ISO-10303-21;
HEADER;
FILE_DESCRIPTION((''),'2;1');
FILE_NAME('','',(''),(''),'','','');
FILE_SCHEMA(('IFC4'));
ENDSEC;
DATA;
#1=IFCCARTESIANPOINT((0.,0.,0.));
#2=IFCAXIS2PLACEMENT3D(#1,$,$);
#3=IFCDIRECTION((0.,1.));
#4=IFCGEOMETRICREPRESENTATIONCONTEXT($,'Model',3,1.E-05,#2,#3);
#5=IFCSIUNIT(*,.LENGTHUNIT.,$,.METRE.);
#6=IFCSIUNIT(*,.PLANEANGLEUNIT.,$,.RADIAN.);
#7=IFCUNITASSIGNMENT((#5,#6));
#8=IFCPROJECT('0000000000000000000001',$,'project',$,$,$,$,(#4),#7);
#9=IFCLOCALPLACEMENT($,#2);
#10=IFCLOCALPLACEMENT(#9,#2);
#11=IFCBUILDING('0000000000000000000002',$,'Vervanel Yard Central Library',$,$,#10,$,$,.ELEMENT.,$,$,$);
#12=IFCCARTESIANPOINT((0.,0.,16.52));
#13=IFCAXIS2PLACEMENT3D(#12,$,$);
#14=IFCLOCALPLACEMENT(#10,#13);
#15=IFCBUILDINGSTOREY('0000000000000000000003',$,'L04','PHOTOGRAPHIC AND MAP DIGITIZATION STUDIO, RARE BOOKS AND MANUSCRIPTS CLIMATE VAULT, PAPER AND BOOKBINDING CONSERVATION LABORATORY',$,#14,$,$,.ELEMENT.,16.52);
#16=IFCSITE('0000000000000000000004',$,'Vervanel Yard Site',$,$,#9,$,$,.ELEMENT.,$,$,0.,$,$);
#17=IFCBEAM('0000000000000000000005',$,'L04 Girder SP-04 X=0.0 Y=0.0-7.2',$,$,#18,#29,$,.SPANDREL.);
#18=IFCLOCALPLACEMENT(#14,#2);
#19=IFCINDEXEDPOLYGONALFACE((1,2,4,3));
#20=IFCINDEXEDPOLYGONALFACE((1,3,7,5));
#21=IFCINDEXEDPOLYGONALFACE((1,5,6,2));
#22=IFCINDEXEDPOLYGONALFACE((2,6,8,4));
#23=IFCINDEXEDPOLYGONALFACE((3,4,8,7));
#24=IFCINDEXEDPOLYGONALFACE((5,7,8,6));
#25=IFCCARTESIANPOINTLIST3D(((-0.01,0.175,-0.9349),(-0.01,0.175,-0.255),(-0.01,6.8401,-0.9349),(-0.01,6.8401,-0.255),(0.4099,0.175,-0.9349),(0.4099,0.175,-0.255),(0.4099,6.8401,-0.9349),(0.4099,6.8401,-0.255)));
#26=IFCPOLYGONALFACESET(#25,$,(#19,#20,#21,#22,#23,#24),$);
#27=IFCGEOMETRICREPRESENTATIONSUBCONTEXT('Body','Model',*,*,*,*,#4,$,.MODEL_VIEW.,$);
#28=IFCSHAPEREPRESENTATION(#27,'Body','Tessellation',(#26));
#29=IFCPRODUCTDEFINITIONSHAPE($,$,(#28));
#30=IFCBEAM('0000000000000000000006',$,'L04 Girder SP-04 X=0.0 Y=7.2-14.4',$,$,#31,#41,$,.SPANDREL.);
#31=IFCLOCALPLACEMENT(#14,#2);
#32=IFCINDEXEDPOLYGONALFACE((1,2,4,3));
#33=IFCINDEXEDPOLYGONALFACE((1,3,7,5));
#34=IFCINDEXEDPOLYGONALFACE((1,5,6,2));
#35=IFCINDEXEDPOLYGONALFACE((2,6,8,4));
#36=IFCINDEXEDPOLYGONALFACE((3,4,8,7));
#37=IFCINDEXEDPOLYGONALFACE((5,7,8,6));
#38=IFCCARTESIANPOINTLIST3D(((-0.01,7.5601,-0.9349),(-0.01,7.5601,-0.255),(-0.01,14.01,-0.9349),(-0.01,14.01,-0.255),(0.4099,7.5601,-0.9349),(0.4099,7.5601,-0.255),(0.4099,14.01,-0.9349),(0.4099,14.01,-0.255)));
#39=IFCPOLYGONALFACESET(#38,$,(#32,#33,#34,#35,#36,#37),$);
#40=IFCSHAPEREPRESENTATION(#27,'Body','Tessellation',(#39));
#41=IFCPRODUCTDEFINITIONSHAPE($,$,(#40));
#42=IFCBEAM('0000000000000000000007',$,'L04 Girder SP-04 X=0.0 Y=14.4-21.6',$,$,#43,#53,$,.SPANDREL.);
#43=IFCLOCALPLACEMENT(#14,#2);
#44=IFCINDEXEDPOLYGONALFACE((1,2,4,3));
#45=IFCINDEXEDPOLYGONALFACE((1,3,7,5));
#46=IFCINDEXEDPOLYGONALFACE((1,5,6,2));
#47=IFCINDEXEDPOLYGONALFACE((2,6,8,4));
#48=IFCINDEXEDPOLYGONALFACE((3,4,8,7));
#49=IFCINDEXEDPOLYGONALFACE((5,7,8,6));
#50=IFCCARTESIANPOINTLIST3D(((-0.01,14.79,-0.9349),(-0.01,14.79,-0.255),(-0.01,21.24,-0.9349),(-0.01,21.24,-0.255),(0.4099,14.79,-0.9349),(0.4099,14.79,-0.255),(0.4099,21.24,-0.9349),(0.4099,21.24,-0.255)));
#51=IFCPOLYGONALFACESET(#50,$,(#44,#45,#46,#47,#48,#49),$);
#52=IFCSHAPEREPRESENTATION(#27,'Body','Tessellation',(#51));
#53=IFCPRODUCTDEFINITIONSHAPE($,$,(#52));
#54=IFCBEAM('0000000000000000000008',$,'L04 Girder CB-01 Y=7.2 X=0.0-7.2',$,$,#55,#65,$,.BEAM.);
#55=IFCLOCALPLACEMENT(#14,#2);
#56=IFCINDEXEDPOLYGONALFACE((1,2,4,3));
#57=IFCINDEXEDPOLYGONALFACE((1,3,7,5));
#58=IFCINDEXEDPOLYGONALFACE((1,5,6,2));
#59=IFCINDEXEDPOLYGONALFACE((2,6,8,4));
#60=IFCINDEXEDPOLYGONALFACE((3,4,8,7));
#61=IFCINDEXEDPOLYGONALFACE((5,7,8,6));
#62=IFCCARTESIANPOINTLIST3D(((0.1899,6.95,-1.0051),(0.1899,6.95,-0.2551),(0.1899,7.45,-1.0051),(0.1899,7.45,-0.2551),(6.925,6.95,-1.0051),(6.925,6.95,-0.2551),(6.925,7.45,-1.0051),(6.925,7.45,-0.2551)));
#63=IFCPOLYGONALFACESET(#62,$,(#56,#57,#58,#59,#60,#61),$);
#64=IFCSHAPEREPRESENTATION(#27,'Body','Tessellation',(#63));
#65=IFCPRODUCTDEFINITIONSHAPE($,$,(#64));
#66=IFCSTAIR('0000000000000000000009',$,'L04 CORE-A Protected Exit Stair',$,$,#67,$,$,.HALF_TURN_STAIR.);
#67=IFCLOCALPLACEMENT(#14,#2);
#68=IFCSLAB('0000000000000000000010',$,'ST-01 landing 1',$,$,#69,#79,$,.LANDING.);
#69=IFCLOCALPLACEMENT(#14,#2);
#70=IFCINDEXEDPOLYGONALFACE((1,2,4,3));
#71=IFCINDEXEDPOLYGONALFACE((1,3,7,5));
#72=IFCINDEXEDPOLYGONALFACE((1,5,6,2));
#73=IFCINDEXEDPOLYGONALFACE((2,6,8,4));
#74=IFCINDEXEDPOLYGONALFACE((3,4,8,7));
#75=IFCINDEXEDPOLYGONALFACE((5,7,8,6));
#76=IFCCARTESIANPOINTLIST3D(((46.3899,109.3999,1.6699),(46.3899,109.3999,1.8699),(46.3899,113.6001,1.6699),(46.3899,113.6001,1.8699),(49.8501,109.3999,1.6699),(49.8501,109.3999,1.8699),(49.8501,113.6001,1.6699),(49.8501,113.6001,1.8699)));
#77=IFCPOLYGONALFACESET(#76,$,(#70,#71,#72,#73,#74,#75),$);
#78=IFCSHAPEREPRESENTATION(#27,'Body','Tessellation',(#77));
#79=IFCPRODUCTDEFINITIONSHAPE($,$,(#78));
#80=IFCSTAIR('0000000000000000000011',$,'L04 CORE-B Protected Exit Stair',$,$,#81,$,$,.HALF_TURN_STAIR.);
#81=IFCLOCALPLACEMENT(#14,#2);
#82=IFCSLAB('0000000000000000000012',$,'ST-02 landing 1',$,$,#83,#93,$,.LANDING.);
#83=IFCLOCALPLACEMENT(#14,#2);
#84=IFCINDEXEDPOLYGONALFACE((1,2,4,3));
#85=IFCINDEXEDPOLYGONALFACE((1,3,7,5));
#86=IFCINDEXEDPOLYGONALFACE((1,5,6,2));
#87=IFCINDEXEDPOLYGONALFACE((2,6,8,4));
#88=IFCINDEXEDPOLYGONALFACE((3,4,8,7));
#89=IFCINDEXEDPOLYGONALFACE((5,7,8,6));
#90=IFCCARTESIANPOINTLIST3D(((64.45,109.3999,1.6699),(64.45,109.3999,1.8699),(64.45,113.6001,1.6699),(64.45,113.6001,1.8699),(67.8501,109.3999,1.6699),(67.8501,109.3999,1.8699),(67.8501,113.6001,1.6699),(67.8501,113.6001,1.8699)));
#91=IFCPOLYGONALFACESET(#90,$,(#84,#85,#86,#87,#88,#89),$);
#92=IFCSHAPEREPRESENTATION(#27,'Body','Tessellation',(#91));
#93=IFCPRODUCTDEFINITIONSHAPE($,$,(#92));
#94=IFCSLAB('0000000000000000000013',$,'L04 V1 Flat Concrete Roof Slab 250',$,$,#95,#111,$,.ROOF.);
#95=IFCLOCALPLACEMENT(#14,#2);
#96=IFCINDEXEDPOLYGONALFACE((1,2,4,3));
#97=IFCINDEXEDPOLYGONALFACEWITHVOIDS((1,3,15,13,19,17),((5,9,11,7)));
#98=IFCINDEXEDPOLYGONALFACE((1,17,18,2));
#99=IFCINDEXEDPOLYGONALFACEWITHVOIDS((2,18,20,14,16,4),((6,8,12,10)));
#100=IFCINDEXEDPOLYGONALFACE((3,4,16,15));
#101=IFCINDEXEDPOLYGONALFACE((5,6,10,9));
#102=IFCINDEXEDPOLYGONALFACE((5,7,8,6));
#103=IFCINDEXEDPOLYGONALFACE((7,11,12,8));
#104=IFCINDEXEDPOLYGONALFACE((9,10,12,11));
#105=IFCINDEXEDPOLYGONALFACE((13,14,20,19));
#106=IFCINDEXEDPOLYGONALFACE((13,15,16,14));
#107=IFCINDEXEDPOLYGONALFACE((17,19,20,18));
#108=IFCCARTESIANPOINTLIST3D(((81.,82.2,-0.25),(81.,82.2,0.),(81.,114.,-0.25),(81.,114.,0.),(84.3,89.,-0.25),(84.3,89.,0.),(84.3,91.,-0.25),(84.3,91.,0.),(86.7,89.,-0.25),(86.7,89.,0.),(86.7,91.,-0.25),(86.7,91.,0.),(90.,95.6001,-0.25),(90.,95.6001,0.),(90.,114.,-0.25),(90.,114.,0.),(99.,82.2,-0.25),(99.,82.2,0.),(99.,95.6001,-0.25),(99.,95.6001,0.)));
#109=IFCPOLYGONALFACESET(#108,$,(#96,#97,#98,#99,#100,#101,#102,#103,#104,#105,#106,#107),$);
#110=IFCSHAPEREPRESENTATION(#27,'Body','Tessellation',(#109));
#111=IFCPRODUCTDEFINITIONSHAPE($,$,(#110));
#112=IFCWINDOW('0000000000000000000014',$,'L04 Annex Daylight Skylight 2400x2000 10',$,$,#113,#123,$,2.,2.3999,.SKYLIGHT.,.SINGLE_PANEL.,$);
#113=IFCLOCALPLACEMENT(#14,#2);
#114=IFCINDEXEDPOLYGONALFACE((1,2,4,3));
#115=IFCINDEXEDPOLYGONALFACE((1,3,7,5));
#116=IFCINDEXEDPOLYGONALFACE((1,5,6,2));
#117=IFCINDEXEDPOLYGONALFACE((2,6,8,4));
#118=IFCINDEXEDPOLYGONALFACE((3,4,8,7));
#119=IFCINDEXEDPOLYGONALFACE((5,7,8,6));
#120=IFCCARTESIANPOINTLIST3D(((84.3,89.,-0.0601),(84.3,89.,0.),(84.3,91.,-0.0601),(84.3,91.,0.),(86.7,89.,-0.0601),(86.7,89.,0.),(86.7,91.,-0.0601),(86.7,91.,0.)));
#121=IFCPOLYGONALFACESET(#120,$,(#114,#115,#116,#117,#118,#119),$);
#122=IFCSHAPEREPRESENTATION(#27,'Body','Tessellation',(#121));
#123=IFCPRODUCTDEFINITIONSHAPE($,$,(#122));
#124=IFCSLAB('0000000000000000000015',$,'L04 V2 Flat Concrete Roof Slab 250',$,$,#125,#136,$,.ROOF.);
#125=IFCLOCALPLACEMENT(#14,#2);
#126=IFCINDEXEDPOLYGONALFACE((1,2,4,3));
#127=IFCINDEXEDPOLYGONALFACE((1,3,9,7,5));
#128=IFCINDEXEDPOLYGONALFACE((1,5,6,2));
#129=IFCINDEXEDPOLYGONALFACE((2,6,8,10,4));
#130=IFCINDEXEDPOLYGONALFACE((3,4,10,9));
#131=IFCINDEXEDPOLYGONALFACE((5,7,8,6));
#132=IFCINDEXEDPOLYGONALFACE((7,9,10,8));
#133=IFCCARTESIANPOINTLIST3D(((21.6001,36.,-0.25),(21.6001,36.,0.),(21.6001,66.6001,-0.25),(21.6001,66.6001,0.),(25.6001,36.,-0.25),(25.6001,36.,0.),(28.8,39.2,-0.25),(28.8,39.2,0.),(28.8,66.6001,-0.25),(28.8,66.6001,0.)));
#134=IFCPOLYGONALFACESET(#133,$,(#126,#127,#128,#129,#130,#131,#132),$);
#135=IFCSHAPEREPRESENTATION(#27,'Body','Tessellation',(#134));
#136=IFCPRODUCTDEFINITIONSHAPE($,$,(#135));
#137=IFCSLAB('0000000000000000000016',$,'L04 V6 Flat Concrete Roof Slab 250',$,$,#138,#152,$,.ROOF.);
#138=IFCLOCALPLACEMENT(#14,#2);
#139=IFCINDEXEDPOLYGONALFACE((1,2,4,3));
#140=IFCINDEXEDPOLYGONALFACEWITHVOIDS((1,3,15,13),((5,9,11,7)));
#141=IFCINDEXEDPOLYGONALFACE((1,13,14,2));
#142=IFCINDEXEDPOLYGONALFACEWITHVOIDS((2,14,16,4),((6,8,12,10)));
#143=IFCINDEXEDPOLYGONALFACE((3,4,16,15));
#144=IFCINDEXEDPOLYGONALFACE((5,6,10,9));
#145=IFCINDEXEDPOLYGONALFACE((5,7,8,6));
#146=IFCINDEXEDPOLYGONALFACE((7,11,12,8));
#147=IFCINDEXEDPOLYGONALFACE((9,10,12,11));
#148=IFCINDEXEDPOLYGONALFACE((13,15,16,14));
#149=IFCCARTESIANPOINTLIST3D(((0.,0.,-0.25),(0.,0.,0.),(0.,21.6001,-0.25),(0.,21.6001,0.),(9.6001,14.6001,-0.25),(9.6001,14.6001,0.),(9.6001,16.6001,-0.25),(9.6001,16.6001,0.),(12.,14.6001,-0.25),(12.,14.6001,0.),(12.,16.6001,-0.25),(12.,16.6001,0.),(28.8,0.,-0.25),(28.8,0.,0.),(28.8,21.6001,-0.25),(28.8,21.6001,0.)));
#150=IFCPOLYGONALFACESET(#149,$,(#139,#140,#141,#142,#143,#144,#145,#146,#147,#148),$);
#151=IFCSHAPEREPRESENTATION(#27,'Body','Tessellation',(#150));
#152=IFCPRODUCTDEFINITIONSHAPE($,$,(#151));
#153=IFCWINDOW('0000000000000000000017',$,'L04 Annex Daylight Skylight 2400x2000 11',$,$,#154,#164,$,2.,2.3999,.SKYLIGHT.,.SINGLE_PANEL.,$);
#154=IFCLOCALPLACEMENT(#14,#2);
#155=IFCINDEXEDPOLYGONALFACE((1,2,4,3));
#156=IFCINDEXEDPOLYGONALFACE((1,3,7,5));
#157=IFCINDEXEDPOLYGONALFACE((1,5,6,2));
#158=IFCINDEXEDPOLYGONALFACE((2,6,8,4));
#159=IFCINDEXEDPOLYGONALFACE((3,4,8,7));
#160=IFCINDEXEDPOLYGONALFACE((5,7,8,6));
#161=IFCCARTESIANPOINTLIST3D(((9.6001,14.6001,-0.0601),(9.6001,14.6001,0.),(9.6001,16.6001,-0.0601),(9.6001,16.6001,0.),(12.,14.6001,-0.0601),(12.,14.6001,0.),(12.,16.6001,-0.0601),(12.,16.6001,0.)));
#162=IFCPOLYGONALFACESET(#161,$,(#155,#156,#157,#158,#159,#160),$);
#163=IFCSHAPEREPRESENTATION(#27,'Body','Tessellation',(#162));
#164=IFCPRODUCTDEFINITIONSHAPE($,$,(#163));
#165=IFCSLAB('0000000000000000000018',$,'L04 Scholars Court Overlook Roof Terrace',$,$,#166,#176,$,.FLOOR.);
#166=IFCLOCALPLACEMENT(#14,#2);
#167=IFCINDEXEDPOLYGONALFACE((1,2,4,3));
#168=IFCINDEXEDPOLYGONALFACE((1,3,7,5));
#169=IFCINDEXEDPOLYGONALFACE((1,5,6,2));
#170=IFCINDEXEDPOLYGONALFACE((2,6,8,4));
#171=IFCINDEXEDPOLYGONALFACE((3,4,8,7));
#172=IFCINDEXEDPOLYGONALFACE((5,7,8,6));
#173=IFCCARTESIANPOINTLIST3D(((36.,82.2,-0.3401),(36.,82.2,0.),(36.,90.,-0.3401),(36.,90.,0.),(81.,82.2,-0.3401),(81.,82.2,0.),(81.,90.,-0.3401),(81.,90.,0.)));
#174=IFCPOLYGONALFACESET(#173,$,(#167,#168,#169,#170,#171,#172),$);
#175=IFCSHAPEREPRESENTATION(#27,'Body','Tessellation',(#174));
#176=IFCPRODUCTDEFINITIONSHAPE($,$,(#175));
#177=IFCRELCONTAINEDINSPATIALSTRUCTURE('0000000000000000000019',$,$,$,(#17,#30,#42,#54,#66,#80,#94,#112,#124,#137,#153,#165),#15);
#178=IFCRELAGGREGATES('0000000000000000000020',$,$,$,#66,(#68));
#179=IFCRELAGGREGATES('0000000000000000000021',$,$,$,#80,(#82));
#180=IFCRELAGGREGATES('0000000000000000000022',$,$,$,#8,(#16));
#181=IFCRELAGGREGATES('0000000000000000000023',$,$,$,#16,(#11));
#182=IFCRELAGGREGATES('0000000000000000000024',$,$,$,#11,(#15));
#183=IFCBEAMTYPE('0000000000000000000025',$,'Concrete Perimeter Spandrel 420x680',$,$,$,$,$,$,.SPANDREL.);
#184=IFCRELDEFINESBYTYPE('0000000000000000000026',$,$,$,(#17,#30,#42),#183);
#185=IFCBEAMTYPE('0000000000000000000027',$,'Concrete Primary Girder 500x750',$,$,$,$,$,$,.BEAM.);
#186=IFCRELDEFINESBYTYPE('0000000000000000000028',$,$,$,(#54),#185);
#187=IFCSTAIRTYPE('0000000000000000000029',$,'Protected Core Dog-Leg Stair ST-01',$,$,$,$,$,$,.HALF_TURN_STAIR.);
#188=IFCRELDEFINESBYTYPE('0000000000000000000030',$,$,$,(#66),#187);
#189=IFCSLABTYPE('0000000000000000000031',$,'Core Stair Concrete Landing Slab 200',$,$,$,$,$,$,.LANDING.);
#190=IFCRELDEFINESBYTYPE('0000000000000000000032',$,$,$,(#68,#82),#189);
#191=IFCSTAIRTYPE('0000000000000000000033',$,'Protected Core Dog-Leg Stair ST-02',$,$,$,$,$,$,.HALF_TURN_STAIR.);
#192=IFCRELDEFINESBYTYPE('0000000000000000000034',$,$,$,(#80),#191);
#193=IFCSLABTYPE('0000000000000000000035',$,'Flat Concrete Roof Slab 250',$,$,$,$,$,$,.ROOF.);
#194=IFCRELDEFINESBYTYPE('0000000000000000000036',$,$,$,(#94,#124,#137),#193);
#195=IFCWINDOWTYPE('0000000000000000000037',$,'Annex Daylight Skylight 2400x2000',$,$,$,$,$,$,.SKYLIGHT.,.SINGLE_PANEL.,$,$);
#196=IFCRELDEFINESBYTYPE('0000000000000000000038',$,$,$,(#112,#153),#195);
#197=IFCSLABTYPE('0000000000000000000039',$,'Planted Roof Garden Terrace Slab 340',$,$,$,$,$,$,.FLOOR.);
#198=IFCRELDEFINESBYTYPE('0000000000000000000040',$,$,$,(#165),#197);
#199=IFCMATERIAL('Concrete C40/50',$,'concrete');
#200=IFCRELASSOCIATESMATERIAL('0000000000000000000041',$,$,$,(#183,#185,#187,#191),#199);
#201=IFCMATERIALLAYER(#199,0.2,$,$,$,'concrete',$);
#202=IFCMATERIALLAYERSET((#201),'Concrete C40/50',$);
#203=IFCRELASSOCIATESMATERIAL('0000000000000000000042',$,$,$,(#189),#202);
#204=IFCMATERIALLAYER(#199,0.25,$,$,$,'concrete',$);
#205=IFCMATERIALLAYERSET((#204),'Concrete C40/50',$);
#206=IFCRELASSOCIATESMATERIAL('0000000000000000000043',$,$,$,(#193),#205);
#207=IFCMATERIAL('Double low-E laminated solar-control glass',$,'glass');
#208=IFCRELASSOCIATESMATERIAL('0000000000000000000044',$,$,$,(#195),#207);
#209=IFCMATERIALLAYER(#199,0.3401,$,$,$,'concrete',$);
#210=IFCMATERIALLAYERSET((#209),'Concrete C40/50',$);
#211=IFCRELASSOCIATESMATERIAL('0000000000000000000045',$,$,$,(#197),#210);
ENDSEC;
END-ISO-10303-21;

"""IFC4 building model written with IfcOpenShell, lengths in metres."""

from ifc_helpers import new_model, si_unit, direction, frame, origin, origin_2d, place, context, subcontext, project, spatial, polyline, rectangle, outline, extrude, material, layer, layer_set, material_profile, profile_set, type_object, element, fill, aggregate, save


model = new_model("IFC4")

# Units and contexts
model_context = context("Model", 3, precision=1e-05, world=origin(), true_north=direction((0.0, 1.0)))
body_context = subcontext(model_context, "Body", "Model", "MODEL_VIEW")
ifc_project = project(units=[si_unit("LENGTHUNIT", "METRE"), si_unit("PLANEANGLEUNIT", "RADIAN")], contexts=[model_context])

# Site, building, storey
site_placement = place(None, origin())
site = spatial("IfcSite", under=ifc_project, at=site_placement, Name="Vervanel Yard Site", CompositionType="ELEMENT", RefElevation=0.0)
building_placement = place(site_placement, origin())
building = spatial("IfcBuilding", under=site, at=building_placement, Name="Vervanel Yard Central Library", CompositionType="ELEMENT")
storey_placement = place(building_placement, frame((0.0, 0.0, 16.52)))
storey = spatial("IfcBuildingStorey", under=building, at=storey_placement, Name="L04", Description="PHOTOGRAPHIC AND MAP DIGITIZATION STUDIO, RARE BOOKS AND MANUSCRIPTS CLIMATE VAULT, PAPER AND BOOKBINDING CONSERVATION LABORATORY", CompositionType="ELEMENT", Elevation=16.52)

# Beams
ifc_material_1 = material(Name="Concrete C40/50", Category="concrete")
ifc_material_profile_1 = material_profile(ifc_material_1, rectangle(XDim=0.4199, YDim=0.6799, at=origin_2d()), Name="RC 420x680", Category="concrete")
ifc_profile_set_1 = profile_set([ifc_material_profile_1], Name="Concrete C40/50")
beam_type_1 = type_object("IfcBeamType", Name="Concrete Perimeter Spandrel 420x680", PredefinedType="SPANDREL", material=ifc_profile_set_1)
beam_1_placement = place(storey_placement, frame((0.2, 0.175, -0.595), z_axis=(0.0, 1.0, 0.0), x_axis=(-1.0, 0.0, 0.0)))
element("IfcBeam", 1, at=beam_1_placement, inside=storey, type_object=beam_type_1, Name="L04 Girder SP-04 X=0.0 Y=0.0-7.2", PredefinedType="SPANDREL", context=body_context, shape_type="SweptSolid", body=[
    extrude(rectangle(XDim=0.4199, YDim=0.6799, at=origin_2d()), origin(), (0.0, 0.0, 1.0), 6.665),
])
for number, where, z_axis, x_axis, name in (
    (2, (0.2, 7.5601, -0.595), (0.0, 1.0, 0.0), (-1.0, 0.0, 0.0), "L04 Girder SP-04 X=0.0 Y=7.2-14.4"),
    (3, (0.2, 14.79, -0.595), (0.0, 1.0, 0.0), (-1.0, 0.0, 0.0), "L04 Girder SP-04 X=0.0 Y=14.4-21.6"),
):
    element("IfcBeam", number, at=place(storey_placement, frame(where, z_axis=z_axis, x_axis=x_axis)), inside=storey, type_object=beam_type_1, Name=name, PredefinedType="SPANDREL", context=body_context, shape_type="SweptSolid", body=[
        extrude(rectangle(XDim=0.4199, YDim=0.6799, at=origin_2d()), origin(), (0.0, 0.0, 1.0), 6.45),
    ])
ifc_material_profile_2 = material_profile(ifc_material_1, rectangle(XDim=0.5, YDim=0.75, at=origin_2d()), Name="RC 500x750", Category="concrete")
ifc_profile_set_2 = profile_set([ifc_material_profile_2], Name="Concrete C40/50")
beam_type_2 = type_object("IfcBeamType", Name="Concrete Primary Girder 500x750", PredefinedType="BEAM", material=ifc_profile_set_2)
beam_2_placement = place(storey_placement, frame((0.1899, 7.2, -0.6301), z_axis=(1.0, 0.0, 0.0), x_axis=(0.0, 1.0, 0.0)))
element("IfcBeam", 4, at=beam_2_placement, inside=storey, type_object=beam_type_2, Name="L04 Girder CB-01 Y=7.2 X=0.0-7.2", PredefinedType="BEAM", context=body_context, shape_type="SweptSolid", body=[
    extrude(rectangle(XDim=0.5, YDim=0.75, at=origin_2d()), origin(), (0.0, 0.0, 1.0), 6.7351),
])

# Stairs, slabs
stair_type_1 = type_object("IfcStairType", Name="Protected Core Dog-Leg Stair ST-01", PredefinedType="HALF_TURN_STAIR", material=ifc_material_1)
stair_1_placement = place(storey_placement, origin())
stair_1 = element("IfcStair", 5, at=stair_1_placement, inside=storey, type_object=stair_type_1, Name="L04 CORE-A Protected Exit Stair", PredefinedType="HALF_TURN_STAIR")
ifc_layer_1 = layer(ifc_material_1, 0.2, Category="concrete")
ifc_layer_set_1 = layer_set([ifc_layer_1], Name="Concrete C40/50")
slab_type_1 = type_object("IfcSlabType", Name="Core Stair Concrete Landing Slab 200", PredefinedType="LANDING", material=ifc_layer_set_1)
slab_1_placement = place(storey_placement, frame((0.0, 0.0, 1.6699)))
slab_1 = element("IfcSlab", 6, at=slab_1_placement, type_object=slab_type_1, Name="ST-01 landing 1", PredefinedType="LANDING", context=body_context, shape_type="SweptSolid", body=[
    extrude(outline(polyline([(49.8501, 109.3999), (49.8501, 113.6001), (46.3899, 113.6001), (46.3899, 109.3999), (49.8501, 109.3999)])), origin(), (0.0, 0.0, 1.0), 0.2),
])
aggregate(stair_1, [slab_1])
stair_type_2 = type_object("IfcStairType", Name="Protected Core Dog-Leg Stair ST-02", PredefinedType="HALF_TURN_STAIR", material=ifc_material_1)
stair_2_placement = place(storey_placement, origin())
stair_2 = element("IfcStair", 7, at=stair_2_placement, inside=storey, type_object=stair_type_2, Name="L04 CORE-B Protected Exit Stair", PredefinedType="HALF_TURN_STAIR")
slab_2_placement = place(storey_placement, frame((0.0, 0.0, 1.6699)))
slab_2 = element("IfcSlab", 8, at=slab_2_placement, type_object=slab_type_1, Name="ST-02 landing 1", PredefinedType="LANDING", context=body_context, shape_type="SweptSolid", body=[
    extrude(outline(polyline([(67.8501, 109.3999), (67.8501, 113.6001), (64.45, 113.6001), (64.45, 109.3999), (67.8501, 109.3999)])), origin(), (0.0, 0.0, 1.0), 0.2),
])
aggregate(stair_2, [slab_2])

# Slab, opening, window
ifc_layer_2 = layer(ifc_material_1, 0.25, Category="concrete")
ifc_layer_set_2 = layer_set([ifc_layer_2], Name="Concrete C40/50")
slab_type_2 = type_object("IfcSlabType", Name="Flat Concrete Roof Slab 250", PredefinedType="ROOF", material=ifc_layer_set_2)
slab_3_placement = place(storey_placement, frame((0.0, 0.0, -0.25)))
slab_3 = element("IfcSlab", 9, at=slab_3_placement, inside=storey, type_object=slab_type_2, Name="L04 V1 Flat Concrete Roof Slab 250", PredefinedType="ROOF", context=body_context, shape_type="SweptSolid", body=[
    extrude(outline(polyline([(81.0, 82.2), (99.0, 82.2), (99.0, 95.6001), (90.0, 95.6001), (90.0, 114.0), (81.0, 114.0), (81.0, 82.2)])), origin(), (0.0, 0.0, 1.0), 0.25),
])
opening_1_placement = place(slab_3_placement, frame((85.5, 90.0, 0.0)))
opening_1 = element("IfcOpeningElement", 10, at=opening_1_placement, cuts=slab_3, PredefinedType="OPENING", context=body_context, shape_type="SweptSolid", body=[
    extrude(rectangle(XDim=2.3999, YDim=2.0, at=origin_2d()), frame((0.0, 0.0, -0.01)), (0.0, 0.0, 1.0), 0.27),
])
ifc_material_2 = material(Name="Double low-E laminated solar-control glass", Category="glass")
window_type = type_object("IfcWindowType", Name="Annex Daylight Skylight 2400x2000", PartitioningType="SINGLE_PANEL", PredefinedType="SKYLIGHT", material=ifc_material_2)
window_1_placement = place(opening_1_placement, frame((0.0, 0.0, 0.1899)))
window_1 = element("IfcWindow", 11, at=window_1_placement, inside=storey, type_object=window_type, Name="L04 Annex Daylight Skylight 2400x2000 10", OverallHeight=2.0, OverallWidth=2.3999, PartitioningType="SINGLE_PANEL", PredefinedType="SKYLIGHT", context=body_context, shape_type="SweptSolid", body=[
    extrude(rectangle(XDim=2.3999, YDim=2.0, at=origin_2d()), origin(), (0.0, 0.0, 1.0), 0.0601),
])
fill(opening_1, window_1)

# Slab
slab_4_placement = place(storey_placement, frame((0.0, 0.0, -0.25)))
element("IfcSlab", 12, at=slab_4_placement, inside=storey, type_object=slab_type_2, Name="L04 V2 Flat Concrete Roof Slab 250", PredefinedType="ROOF", context=body_context, shape_type="SweptSolid", body=[
    extrude(outline(polyline([(21.6001, 36.0), (25.6001, 36.0), (28.8, 39.2), (28.8, 66.6001), (21.6001, 66.6001), (21.6001, 36.0)])), origin(), (0.0, 0.0, 1.0), 0.25),
])

# Slab, opening, window
slab_5_placement = place(storey_placement, frame((0.0, 0.0, -0.25)))
slab_5 = element("IfcSlab", 13, at=slab_5_placement, inside=storey, type_object=slab_type_2, Name="L04 V6 Flat Concrete Roof Slab 250", PredefinedType="ROOF", context=body_context, shape_type="SweptSolid", body=[
    extrude(outline(polyline([(0.0, 0.0), (28.8, 0.0), (28.8, 21.6001), (0.0, 21.6001), (0.0, 0.0)])), origin(), (0.0, 0.0, 1.0), 0.25),
])
opening_2_placement = place(slab_5_placement, frame((10.8, 15.6001, 0.0)))
opening_2 = element("IfcOpeningElement", 14, at=opening_2_placement, cuts=slab_5, PredefinedType="OPENING", context=body_context, shape_type="SweptSolid", body=[
    extrude(rectangle(XDim=2.3999, YDim=2.0, at=origin_2d()), frame((0.0, 0.0, -0.01)), (0.0, 0.0, 1.0), 0.27),
])
window_2_placement = place(opening_2_placement, frame((0.0, 0.0, 0.1899)))
window_2 = element("IfcWindow", 15, at=window_2_placement, inside=storey, type_object=window_type, Name="L04 Annex Daylight Skylight 2400x2000 11", OverallHeight=2.0, OverallWidth=2.3999, PartitioningType="SINGLE_PANEL", PredefinedType="SKYLIGHT", context=body_context, shape_type="SweptSolid", body=[
    extrude(rectangle(XDim=2.3999, YDim=2.0, at=origin_2d()), origin(), (0.0, 0.0, 1.0), 0.0601),
])
fill(opening_2, window_2)

# Slab
ifc_layer_3 = layer(ifc_material_1, 0.3401, Category="concrete")
ifc_layer_set_3 = layer_set([ifc_layer_3], Name="Concrete C40/50")
slab_type_3 = type_object("IfcSlabType", Name="Planted Roof Garden Terrace Slab 340", PredefinedType="FLOOR", material=ifc_layer_set_3)
slab_6_placement = place(storey_placement, frame((0.0, 0.0, -0.3401)))
element("IfcSlab", 16, at=slab_6_placement, inside=storey, type_object=slab_type_3, Name="L04 Scholars Court Overlook Roof Terrace", PredefinedType="FLOOR", context=body_context, shape_type="SweptSolid", body=[
    extrude(outline(polyline([(36.0, 82.2), (81.0, 82.2), (81.0, 90.0), (36.0, 90.0), (36.0, 82.2)])), origin(), (0.0, 0.0, 1.0), 0.3401),
])

save(model, "model.ifc")
